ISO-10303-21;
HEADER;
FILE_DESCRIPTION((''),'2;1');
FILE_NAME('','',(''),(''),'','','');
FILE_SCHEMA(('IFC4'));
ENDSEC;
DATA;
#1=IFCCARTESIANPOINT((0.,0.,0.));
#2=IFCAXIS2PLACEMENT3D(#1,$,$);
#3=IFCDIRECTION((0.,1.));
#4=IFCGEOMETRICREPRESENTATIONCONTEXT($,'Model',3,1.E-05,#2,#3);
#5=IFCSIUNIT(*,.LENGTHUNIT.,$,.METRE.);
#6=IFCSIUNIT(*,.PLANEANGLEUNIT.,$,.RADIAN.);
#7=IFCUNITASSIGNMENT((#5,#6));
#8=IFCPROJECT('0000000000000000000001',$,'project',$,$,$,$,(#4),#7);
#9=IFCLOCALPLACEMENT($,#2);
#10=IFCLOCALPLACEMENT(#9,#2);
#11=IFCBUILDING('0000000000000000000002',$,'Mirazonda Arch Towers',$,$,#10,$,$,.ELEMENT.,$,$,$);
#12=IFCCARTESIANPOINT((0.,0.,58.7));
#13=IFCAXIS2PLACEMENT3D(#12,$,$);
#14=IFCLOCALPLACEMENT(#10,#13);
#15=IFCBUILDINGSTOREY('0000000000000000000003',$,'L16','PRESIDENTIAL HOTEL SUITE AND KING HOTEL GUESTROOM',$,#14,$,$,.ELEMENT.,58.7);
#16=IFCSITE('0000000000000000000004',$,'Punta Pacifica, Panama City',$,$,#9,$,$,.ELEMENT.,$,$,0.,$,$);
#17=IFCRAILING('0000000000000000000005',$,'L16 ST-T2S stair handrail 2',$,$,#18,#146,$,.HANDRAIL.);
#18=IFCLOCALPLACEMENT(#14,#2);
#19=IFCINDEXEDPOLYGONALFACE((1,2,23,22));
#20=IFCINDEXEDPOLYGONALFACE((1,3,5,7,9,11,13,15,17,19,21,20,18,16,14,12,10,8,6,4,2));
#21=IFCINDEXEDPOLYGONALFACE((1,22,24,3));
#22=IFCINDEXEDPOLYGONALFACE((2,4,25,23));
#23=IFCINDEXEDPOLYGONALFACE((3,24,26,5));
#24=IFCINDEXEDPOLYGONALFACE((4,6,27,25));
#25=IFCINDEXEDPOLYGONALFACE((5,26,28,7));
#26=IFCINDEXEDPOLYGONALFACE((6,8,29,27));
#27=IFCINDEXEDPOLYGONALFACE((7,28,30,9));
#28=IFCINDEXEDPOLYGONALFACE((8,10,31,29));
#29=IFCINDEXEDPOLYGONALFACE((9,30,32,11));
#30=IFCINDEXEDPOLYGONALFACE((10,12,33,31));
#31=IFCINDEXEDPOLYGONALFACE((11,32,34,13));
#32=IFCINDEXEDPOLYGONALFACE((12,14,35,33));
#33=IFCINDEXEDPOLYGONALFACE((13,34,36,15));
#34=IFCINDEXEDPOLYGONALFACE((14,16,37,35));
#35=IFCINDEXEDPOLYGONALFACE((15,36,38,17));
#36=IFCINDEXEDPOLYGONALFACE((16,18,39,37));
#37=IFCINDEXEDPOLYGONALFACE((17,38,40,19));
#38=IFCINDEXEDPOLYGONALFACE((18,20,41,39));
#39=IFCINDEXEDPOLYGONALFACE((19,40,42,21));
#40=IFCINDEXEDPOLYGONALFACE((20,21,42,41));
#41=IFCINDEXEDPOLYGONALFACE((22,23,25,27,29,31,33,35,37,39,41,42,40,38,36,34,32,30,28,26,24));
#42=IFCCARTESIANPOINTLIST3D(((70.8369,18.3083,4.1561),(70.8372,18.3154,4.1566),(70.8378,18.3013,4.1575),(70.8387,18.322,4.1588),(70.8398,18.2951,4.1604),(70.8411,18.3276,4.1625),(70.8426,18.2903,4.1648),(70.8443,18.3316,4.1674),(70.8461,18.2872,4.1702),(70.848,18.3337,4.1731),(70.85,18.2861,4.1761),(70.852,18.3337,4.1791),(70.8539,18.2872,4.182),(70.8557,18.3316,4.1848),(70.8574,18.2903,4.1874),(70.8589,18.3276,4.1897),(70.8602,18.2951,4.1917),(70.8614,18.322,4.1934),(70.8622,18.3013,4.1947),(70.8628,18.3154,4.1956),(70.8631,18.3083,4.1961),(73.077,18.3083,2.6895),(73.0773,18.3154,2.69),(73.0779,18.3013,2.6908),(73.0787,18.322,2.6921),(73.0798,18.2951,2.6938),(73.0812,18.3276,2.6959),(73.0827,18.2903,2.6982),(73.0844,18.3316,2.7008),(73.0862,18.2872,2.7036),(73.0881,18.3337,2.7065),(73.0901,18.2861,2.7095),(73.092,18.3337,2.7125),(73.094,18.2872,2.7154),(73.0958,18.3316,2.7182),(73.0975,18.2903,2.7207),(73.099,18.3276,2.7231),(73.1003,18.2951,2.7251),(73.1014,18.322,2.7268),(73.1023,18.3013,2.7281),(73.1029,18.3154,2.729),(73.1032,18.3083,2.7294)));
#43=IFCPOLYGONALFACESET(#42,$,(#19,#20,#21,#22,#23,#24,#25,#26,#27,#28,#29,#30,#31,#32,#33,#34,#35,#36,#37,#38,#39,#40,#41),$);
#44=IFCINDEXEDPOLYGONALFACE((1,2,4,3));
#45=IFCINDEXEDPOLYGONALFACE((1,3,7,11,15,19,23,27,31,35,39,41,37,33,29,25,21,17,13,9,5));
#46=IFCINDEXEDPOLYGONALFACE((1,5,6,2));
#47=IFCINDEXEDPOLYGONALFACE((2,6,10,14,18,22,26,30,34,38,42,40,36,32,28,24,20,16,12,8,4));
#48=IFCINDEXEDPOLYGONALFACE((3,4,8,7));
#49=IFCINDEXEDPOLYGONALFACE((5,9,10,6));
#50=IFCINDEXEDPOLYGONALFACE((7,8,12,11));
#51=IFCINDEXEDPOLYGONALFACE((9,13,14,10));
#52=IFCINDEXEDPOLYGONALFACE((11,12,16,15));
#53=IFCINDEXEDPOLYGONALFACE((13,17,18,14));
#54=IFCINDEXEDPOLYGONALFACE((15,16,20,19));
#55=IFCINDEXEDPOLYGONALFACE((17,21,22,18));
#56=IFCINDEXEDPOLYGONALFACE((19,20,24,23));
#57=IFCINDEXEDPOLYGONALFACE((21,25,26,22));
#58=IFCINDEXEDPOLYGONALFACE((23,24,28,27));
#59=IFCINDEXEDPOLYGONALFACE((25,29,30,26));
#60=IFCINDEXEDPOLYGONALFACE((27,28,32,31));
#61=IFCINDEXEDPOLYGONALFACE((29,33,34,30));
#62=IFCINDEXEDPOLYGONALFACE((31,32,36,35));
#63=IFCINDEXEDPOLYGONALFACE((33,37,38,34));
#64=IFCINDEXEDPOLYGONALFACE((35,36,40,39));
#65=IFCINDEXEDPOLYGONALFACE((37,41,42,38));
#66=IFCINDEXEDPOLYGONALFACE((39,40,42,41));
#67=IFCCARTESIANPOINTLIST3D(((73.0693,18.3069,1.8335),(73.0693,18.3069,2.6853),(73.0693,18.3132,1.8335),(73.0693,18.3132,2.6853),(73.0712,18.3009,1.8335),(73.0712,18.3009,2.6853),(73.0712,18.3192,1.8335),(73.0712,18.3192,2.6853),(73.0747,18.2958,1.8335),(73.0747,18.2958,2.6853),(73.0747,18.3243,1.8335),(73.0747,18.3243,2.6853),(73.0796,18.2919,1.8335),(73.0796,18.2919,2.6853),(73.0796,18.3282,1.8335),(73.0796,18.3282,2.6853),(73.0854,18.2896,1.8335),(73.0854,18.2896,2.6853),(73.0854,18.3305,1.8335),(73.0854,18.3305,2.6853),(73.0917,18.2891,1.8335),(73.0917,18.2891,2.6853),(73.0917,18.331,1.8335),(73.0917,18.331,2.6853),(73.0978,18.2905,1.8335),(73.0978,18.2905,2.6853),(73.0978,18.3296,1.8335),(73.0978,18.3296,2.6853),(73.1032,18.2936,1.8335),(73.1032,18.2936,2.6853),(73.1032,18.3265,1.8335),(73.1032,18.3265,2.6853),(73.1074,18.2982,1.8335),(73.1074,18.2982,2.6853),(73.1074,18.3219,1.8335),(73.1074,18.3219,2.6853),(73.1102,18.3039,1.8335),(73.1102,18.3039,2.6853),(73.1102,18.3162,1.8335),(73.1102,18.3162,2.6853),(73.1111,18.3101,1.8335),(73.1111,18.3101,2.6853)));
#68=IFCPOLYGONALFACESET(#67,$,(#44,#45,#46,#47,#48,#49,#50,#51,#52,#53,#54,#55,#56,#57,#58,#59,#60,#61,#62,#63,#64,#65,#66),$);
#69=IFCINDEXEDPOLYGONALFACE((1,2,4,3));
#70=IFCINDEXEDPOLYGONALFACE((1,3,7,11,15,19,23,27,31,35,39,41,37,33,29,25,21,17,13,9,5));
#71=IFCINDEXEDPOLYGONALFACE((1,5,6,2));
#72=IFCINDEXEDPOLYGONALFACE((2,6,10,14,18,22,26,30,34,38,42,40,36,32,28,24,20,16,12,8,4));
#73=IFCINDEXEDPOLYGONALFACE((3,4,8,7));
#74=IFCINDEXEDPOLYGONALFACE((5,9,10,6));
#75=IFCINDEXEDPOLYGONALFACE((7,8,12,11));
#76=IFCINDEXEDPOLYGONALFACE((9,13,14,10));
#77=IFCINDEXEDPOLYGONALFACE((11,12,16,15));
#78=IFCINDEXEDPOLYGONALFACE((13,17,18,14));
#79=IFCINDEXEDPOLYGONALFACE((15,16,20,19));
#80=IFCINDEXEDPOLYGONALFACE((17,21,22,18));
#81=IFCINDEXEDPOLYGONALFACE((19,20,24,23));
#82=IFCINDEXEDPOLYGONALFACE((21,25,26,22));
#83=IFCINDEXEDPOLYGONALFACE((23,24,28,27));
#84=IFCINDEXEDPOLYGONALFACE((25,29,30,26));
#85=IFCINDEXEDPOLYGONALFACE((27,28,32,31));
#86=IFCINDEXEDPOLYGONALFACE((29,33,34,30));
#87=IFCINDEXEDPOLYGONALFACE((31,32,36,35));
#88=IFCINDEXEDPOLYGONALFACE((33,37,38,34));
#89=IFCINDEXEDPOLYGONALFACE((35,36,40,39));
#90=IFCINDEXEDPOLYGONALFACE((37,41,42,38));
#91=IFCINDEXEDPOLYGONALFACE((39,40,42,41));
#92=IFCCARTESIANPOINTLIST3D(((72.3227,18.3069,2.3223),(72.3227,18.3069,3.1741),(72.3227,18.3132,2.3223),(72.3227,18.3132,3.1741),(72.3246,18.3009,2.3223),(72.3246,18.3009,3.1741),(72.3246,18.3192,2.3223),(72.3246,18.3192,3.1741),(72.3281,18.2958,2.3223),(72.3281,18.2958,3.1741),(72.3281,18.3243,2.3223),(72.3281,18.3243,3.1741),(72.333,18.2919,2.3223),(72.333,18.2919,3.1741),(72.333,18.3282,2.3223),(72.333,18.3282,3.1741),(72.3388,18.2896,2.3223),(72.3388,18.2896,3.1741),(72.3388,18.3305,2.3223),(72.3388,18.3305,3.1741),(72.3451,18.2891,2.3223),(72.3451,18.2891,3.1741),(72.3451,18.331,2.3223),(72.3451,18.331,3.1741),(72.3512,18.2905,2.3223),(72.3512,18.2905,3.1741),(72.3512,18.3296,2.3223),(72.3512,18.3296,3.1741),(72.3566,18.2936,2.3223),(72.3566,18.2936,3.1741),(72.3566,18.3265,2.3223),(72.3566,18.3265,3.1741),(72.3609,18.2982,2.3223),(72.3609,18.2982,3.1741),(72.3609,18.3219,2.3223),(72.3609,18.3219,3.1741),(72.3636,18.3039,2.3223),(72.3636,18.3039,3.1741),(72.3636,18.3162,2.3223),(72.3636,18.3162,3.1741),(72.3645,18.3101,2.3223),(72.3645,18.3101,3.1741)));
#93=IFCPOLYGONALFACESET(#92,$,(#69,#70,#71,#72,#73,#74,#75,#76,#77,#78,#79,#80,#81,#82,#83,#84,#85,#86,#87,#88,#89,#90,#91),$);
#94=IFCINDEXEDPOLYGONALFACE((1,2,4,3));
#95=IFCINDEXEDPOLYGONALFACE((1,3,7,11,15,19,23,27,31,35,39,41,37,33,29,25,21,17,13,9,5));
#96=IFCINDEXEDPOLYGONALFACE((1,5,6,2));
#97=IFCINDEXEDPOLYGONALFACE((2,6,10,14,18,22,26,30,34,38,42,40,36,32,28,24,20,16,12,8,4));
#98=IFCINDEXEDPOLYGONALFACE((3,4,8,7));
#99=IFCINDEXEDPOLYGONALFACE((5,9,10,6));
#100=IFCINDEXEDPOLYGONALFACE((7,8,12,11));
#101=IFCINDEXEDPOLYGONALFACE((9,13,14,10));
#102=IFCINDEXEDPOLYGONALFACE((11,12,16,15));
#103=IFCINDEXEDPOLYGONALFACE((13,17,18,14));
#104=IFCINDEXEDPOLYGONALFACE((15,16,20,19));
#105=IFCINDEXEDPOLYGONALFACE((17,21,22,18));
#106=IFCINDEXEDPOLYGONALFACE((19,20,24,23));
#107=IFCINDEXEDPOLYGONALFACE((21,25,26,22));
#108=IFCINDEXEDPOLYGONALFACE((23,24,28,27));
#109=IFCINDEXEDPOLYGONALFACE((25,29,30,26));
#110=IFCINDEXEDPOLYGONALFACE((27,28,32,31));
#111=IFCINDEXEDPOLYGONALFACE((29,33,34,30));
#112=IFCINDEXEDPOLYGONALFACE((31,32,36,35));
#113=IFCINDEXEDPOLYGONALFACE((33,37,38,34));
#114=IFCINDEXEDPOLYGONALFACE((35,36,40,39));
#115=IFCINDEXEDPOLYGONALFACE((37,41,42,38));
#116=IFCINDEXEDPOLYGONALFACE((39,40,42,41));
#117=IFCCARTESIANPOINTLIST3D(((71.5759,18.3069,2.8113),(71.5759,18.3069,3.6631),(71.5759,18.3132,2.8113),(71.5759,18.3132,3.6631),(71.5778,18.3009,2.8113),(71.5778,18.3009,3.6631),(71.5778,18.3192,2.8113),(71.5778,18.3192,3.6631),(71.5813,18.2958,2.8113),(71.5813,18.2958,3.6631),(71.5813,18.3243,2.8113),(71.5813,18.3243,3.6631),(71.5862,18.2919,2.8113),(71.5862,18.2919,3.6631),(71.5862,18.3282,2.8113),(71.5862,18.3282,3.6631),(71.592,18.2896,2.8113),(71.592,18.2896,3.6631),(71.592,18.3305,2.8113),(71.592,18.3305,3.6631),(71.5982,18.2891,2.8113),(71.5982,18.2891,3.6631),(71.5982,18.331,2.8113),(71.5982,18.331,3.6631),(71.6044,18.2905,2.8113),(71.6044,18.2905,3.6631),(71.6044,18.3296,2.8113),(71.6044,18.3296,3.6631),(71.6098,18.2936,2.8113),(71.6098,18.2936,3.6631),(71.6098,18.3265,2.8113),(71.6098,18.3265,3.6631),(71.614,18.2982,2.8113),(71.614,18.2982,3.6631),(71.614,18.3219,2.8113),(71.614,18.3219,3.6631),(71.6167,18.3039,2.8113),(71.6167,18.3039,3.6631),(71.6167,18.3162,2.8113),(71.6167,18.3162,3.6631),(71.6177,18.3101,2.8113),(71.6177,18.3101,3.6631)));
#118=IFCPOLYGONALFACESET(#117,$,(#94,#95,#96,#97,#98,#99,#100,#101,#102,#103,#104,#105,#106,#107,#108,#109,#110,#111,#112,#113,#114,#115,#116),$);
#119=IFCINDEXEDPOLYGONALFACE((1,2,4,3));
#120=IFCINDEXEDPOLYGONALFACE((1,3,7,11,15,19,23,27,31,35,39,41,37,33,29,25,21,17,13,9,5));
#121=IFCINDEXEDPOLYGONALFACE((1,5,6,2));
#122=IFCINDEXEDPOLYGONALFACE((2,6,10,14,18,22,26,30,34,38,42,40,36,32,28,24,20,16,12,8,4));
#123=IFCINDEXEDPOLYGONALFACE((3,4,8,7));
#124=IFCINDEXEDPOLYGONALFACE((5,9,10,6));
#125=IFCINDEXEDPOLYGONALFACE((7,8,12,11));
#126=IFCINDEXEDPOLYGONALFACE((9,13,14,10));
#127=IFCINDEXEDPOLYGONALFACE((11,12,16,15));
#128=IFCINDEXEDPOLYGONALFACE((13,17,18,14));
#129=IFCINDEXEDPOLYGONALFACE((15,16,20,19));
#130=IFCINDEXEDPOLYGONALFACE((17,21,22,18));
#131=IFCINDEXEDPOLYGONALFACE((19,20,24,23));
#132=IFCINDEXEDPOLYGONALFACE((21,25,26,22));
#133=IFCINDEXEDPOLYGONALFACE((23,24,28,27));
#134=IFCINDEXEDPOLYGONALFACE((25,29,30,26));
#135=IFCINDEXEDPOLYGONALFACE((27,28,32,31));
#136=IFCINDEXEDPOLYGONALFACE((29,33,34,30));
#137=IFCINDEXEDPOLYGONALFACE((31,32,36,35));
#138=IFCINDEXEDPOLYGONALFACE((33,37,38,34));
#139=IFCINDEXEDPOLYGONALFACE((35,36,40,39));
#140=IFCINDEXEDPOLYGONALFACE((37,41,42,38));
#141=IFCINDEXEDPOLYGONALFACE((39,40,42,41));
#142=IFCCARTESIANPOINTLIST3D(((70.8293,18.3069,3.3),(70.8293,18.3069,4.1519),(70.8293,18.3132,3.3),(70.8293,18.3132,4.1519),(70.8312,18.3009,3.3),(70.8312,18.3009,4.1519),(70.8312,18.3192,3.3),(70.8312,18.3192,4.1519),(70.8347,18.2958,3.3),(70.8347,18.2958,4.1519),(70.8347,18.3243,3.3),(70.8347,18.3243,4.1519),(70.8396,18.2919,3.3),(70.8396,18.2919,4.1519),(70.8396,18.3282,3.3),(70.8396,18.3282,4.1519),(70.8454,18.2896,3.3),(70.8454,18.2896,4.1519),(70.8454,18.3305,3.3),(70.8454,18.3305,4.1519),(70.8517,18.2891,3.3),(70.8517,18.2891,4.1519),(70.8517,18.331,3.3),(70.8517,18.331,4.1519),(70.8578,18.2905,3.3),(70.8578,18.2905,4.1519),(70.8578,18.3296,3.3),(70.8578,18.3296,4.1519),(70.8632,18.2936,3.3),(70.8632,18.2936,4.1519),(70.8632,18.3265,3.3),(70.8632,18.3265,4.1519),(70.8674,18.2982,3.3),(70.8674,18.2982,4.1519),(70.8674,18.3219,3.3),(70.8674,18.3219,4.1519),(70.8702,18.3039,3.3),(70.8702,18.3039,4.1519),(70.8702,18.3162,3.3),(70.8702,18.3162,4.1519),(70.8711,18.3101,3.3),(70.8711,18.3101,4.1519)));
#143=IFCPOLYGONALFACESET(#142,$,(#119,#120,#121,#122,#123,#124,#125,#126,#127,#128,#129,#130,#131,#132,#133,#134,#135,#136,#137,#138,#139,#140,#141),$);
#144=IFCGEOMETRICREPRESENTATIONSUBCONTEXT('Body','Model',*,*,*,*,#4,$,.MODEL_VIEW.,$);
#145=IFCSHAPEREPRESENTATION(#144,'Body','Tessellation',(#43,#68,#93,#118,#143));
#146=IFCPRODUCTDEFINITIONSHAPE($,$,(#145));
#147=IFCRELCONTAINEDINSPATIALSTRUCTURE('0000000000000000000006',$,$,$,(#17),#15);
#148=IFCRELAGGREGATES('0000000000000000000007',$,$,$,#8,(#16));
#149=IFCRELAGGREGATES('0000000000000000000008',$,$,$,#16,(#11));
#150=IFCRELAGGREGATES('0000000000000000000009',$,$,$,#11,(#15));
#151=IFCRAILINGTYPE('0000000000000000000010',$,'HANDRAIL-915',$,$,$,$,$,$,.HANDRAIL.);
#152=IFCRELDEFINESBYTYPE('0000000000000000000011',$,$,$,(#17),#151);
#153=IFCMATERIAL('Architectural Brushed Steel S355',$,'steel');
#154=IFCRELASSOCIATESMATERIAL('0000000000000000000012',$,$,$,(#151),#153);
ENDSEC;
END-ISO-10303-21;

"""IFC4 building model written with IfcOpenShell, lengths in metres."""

from ifc_helpers import new_model, si_unit, direction, frame, origin, origin_2d, place, context, subcontext, project, spatial, circle, extrude, material, type_object, element, save


model = new_model("IFC4")

# Units and contexts
model_context = context("Model", 3, precision=1e-05, world=origin(), true_north=direction((0.0, 1.0)))
body_context = subcontext(model_context, "Body", "Model", "MODEL_VIEW")
ifc_project = project(units=[si_unit("LENGTHUNIT", "METRE"), si_unit("PLANEANGLEUNIT", "RADIAN")], contexts=[model_context])

# Site, building, storey
site_placement = place(None, origin())
site = spatial("IfcSite", under=ifc_project, at=site_placement, Name="Punta Pacifica, Panama City", CompositionType="ELEMENT", RefElevation=0.0)
building_placement = place(site_placement, origin())
building = spatial("IfcBuilding", under=site, at=building_placement, Name="Mirazonda Arch Towers", CompositionType="ELEMENT")
storey_placement = place(building_placement, frame((0.0, 0.0, 58.7)))
storey = spatial("IfcBuildingStorey", under=building, at=storey_placement, Name="L16", Description="PRESIDENTIAL HOTEL SUITE AND KING HOTEL GUESTROOM", CompositionType="ELEMENT", Elevation=58.7)

# Railing
ifc_material_1 = material(Name="Architectural Brushed Steel S355", Category="steel")
railing_type_1 = type_object("IfcRailingType", Name="HANDRAIL-915", PredefinedType="HANDRAIL", material=ifc_material_1)
railing_1_placement = place(storey_placement, frame((73.0901, 18.3101, 1.8335)))
element("IfcRailing", 1, at=railing_1_placement, inside=storey, type_object=railing_type_1, Name="L16 ST-T2S stair handrail 2", PredefinedType="HANDRAIL", context=body_context, shape_type="SweptSolid", body=[
    extrude(circle(Radius=0.0239, at=origin_2d()), frame((0.0, 0.0, 0.876), z_axis=(-0.836637, 0.0, 0.547758), x_axis=(0.0, -1.0, 0.0)), (0.0, 0.0, 1.0), 2.6775),
    extrude(circle(Radius=0.021, at=origin_2d()), origin(), (0.0, 0.0, 1.0), 0.8518),
    extrude(circle(Radius=0.021, at=origin_2d()), frame((-0.7466, 0.0, 0.4888)), (0.0, 0.0, 1.0), 0.8518),
    extrude(circle(Radius=0.021, at=origin_2d()), frame((-1.4934, 0.0, 0.9778)), (0.0, 0.0, 1.0), 0.8518),
    extrude(circle(Radius=0.021, at=origin_2d()), frame((-2.24, 0.0, 1.4666)), (0.0, 0.0, 1.0), 0.8518),
])

save(model, "model.ifc")
